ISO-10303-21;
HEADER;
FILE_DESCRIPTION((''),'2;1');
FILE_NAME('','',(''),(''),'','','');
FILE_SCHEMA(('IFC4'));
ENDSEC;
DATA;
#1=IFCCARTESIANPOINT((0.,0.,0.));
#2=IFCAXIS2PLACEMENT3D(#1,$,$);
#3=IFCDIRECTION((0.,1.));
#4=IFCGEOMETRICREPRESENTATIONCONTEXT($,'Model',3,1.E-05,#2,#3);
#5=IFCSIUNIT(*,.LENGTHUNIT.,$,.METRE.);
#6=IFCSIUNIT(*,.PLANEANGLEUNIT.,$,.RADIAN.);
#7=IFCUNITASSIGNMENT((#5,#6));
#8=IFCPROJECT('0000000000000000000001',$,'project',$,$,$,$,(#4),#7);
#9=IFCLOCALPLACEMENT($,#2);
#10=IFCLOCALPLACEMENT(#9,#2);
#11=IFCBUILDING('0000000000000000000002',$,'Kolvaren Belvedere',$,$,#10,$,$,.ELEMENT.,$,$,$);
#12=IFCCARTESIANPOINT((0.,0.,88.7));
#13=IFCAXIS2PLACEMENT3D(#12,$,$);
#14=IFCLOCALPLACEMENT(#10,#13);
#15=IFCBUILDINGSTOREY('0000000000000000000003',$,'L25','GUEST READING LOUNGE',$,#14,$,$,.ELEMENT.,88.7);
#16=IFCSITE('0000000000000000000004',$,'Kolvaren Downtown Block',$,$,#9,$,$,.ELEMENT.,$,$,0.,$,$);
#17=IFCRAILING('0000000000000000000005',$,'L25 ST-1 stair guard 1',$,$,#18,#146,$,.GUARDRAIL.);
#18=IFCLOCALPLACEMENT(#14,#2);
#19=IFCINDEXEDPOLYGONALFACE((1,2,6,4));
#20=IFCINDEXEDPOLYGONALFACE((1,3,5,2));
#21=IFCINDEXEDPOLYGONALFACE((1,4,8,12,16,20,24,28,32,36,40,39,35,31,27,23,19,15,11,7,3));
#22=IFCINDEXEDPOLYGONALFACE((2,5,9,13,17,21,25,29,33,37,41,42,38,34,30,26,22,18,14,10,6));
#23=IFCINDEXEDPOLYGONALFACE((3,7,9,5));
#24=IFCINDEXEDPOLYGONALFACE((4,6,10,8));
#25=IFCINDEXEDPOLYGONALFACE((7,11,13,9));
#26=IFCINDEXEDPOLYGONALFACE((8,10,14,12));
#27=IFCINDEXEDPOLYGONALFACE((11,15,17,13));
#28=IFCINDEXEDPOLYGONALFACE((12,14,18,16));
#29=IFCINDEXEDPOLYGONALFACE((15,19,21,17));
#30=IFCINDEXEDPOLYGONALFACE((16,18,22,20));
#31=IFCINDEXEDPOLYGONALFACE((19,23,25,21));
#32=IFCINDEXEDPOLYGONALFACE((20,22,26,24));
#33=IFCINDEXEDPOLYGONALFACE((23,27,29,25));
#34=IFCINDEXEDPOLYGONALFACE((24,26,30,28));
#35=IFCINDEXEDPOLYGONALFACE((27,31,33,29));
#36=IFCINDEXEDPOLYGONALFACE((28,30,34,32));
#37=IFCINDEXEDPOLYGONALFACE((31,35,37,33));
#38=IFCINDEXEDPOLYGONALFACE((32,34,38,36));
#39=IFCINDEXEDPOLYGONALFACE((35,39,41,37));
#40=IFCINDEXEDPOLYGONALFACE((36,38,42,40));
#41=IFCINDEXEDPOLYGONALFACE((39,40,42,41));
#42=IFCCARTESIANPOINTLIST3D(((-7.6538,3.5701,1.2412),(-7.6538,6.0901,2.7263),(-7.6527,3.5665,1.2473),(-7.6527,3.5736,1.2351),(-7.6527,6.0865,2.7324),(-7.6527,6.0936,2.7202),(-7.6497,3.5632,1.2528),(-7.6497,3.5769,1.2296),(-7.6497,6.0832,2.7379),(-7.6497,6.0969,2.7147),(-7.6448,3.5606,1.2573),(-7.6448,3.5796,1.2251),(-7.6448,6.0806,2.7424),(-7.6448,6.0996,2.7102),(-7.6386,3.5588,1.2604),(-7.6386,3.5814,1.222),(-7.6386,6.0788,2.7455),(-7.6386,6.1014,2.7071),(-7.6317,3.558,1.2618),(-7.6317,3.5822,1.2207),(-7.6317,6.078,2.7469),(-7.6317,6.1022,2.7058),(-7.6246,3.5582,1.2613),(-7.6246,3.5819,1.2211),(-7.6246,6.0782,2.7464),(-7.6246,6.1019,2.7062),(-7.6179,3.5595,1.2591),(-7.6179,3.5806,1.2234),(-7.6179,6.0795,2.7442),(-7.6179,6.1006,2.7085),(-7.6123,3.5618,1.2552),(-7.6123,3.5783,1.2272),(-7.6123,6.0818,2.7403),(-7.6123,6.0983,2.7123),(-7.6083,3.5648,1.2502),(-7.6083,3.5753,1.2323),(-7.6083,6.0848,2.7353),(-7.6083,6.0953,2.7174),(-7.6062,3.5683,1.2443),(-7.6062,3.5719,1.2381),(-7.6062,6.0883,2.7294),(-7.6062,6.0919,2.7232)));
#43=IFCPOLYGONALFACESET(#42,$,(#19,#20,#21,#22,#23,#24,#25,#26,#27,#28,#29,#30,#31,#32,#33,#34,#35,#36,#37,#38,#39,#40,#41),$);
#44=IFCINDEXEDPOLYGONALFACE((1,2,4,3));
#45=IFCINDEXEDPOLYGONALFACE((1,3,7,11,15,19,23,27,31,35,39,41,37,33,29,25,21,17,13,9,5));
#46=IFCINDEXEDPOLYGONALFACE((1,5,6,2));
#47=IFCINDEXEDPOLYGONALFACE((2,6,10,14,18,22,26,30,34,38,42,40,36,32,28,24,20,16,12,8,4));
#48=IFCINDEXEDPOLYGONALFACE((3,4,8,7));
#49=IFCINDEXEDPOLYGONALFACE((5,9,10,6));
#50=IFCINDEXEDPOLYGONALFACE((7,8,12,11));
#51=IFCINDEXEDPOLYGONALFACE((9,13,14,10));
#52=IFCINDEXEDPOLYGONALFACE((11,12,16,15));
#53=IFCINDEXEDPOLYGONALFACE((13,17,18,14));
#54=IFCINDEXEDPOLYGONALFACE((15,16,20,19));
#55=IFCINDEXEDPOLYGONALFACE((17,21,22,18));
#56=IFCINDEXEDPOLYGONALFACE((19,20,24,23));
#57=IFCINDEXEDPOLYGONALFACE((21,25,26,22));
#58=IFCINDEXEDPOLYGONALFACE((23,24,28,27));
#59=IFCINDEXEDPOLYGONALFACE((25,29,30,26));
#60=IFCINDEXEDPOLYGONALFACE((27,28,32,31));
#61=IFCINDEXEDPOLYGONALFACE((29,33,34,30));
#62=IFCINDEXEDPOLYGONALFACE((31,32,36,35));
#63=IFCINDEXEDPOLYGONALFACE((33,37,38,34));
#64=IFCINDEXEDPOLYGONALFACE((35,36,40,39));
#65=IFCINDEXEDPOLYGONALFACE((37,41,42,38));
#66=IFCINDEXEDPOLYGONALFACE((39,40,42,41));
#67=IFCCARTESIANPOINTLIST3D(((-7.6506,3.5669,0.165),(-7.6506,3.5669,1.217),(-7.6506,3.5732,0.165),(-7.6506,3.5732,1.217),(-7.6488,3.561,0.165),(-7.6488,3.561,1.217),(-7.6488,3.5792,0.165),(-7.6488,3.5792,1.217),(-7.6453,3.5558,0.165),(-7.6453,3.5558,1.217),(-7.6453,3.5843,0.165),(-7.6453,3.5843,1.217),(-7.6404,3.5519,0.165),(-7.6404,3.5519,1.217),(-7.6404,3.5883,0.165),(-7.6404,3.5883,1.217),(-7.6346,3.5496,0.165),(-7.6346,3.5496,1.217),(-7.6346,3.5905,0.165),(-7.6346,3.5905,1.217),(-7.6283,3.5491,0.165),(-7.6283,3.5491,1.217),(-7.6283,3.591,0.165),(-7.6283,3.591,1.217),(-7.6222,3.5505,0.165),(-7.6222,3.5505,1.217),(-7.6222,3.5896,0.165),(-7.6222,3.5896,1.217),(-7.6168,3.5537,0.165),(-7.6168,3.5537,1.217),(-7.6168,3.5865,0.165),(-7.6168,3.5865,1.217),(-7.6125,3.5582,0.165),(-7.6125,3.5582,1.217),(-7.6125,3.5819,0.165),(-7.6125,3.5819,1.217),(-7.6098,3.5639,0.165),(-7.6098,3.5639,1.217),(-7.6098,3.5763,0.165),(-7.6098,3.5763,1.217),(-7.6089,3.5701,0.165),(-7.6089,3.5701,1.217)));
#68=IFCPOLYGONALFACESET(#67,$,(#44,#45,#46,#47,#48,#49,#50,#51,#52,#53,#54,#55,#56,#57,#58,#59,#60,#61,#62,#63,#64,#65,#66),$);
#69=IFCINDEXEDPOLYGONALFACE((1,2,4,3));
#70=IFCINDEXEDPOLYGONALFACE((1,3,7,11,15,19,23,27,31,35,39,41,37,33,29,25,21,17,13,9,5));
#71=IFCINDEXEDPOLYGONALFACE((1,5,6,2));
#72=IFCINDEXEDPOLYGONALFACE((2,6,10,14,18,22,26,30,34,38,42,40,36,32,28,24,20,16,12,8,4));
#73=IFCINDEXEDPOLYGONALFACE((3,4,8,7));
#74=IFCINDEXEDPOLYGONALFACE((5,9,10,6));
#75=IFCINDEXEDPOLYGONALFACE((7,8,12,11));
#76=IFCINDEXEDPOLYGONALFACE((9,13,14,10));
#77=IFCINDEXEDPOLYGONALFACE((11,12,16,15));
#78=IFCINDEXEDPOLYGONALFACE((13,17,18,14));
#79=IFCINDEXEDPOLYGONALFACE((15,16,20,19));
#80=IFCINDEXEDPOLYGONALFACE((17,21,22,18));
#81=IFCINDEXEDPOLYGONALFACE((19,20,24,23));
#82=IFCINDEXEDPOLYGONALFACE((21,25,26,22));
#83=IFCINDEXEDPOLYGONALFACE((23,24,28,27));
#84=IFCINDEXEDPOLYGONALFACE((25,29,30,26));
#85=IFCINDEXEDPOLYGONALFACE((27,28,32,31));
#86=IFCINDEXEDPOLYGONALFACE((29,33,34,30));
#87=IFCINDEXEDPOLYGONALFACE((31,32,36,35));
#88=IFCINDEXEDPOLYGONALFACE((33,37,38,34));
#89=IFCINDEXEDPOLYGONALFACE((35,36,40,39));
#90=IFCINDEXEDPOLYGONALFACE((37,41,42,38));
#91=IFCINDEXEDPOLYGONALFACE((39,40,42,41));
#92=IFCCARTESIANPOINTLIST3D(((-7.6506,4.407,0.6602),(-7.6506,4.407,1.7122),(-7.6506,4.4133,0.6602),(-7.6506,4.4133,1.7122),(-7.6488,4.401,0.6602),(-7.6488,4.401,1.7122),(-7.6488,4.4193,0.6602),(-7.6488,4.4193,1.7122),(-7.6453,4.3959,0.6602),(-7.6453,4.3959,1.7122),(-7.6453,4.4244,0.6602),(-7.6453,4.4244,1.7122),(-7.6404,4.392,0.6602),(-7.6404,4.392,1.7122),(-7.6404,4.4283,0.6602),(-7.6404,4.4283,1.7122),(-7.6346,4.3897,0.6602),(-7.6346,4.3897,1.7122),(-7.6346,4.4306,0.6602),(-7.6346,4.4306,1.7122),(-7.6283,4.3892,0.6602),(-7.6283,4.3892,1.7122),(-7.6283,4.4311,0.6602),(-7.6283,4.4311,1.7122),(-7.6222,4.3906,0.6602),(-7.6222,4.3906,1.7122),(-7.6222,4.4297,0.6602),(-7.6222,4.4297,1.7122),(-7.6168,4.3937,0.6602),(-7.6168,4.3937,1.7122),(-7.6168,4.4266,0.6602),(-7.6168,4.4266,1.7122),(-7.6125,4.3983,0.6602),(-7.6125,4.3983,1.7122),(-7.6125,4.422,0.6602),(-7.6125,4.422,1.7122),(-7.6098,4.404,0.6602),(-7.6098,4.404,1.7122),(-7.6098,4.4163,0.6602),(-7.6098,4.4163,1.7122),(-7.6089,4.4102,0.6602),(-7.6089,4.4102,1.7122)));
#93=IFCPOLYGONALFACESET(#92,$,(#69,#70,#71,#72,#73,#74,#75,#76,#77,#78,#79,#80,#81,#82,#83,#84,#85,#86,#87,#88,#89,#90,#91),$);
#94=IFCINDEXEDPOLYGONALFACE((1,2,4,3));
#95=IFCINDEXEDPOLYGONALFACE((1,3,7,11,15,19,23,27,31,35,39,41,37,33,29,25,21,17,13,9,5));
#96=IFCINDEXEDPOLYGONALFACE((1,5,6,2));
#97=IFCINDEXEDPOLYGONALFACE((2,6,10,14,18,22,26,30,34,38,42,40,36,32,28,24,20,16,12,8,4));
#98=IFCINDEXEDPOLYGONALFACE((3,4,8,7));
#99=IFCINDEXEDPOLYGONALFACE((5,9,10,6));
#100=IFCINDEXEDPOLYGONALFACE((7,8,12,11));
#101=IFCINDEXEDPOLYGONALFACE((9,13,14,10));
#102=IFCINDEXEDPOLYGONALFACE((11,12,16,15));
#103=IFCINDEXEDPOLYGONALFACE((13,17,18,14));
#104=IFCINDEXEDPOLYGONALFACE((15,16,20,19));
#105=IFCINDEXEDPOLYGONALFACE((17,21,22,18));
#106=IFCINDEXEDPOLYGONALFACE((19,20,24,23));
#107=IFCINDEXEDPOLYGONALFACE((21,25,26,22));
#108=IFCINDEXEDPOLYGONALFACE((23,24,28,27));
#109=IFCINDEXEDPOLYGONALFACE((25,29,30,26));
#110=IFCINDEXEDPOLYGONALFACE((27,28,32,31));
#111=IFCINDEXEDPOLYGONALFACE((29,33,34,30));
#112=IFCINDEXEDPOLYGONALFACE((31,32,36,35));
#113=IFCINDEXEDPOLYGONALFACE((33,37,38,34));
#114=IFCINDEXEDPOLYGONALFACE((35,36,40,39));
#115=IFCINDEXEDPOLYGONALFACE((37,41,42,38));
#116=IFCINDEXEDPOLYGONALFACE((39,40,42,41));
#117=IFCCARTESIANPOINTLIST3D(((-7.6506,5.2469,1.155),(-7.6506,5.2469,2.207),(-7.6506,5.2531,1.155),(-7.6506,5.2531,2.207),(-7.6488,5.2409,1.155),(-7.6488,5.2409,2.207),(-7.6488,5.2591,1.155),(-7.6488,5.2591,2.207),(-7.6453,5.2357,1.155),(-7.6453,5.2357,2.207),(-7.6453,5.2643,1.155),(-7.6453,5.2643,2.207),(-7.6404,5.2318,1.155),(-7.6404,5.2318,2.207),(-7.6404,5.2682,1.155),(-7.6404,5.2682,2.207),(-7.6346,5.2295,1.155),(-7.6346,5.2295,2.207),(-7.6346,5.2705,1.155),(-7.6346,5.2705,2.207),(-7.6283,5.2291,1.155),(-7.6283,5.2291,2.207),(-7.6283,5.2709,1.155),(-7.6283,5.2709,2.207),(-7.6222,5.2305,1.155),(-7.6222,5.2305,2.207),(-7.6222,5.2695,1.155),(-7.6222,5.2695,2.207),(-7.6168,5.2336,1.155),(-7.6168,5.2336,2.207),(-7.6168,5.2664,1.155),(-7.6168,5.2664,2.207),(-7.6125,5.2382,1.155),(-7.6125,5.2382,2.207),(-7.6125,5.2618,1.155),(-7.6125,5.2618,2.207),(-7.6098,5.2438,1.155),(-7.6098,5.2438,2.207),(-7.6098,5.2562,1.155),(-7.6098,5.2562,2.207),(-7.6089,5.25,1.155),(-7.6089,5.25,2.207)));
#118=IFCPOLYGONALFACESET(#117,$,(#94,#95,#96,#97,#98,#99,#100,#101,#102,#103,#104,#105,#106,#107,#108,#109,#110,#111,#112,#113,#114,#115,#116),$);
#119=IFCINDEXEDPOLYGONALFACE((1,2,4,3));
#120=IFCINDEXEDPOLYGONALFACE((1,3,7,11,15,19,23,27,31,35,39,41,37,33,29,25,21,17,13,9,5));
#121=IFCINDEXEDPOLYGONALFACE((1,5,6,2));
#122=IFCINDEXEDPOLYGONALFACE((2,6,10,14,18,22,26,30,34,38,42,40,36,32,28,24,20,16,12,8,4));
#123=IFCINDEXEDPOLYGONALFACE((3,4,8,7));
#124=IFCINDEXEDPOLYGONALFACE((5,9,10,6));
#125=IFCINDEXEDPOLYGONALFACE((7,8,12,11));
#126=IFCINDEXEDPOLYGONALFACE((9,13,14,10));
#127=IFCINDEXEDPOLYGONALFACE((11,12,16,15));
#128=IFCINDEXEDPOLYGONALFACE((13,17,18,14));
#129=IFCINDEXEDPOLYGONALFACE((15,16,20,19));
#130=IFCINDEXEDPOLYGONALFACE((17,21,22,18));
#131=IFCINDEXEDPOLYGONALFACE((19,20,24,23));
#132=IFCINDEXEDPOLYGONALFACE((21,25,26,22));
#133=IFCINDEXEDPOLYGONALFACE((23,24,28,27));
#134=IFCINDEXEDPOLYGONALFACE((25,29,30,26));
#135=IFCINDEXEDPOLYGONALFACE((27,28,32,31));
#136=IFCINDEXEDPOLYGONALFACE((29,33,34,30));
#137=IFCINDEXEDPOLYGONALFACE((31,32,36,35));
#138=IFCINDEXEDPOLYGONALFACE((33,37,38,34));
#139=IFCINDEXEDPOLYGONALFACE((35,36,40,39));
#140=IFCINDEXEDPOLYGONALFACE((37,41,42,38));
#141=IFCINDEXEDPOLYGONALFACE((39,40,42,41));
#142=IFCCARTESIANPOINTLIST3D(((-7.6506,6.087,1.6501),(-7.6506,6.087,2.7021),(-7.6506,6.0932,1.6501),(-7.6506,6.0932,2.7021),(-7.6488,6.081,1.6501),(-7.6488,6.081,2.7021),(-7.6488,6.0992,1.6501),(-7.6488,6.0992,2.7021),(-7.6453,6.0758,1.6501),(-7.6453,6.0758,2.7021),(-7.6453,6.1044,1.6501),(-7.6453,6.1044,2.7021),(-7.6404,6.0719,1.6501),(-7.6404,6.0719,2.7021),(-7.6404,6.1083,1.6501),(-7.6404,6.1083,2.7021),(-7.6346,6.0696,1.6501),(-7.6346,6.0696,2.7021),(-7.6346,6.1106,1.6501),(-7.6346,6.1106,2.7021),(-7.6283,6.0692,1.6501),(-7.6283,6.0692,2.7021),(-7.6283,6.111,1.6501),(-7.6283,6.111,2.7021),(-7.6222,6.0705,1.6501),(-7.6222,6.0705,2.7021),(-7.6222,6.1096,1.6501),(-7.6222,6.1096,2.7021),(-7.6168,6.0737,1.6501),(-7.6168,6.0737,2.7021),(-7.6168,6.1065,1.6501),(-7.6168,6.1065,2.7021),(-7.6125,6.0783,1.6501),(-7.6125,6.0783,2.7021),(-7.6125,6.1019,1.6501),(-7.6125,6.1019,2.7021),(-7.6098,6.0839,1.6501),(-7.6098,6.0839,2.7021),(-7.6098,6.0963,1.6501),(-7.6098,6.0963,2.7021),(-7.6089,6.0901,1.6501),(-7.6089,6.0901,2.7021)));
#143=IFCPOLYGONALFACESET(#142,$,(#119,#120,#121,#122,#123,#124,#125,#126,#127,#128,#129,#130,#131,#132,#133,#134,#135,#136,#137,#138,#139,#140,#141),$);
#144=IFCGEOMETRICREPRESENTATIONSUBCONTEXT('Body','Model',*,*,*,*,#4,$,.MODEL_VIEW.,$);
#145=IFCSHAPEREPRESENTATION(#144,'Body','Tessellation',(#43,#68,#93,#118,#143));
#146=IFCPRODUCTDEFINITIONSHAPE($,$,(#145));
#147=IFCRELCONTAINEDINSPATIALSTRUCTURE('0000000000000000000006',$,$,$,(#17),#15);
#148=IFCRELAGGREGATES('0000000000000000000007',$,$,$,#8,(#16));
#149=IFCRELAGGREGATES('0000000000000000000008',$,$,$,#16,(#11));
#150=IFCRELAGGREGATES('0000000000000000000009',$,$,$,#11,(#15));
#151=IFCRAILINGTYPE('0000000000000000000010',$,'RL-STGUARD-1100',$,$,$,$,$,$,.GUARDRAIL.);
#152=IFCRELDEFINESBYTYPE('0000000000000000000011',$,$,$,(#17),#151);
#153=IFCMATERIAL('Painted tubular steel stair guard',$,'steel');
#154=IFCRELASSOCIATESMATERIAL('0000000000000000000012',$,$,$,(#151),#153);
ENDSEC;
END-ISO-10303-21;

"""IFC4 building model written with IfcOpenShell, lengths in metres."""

from ifc_helpers import new_model, si_unit, direction, frame, origin, origin_2d, place, context, subcontext, project, spatial, circle, extrude, material, type_object, element, save


model = new_model("IFC4")

# Units and contexts
model_context = context("Model", 3, precision=1e-05, world=origin(), true_north=direction((0.0, 1.0)))
body_context = subcontext(model_context, "Body", "Model", "MODEL_VIEW")
ifc_project = project(units=[si_unit("LENGTHUNIT", "METRE"), si_unit("PLANEANGLEUNIT", "RADIAN")], contexts=[model_context])

# Site, building, storey
site_placement = place(None, origin())
site = spatial("IfcSite", under=ifc_project, at=site_placement, Name="Kolvaren Downtown Block", CompositionType="ELEMENT", RefElevation=0.0)
building_placement = place(site_placement, origin())
building = spatial("IfcBuilding", under=site, at=building_placement, Name="Kolvaren Belvedere", CompositionType="ELEMENT")
storey_placement = place(building_placement, frame((0.0, 0.0, 88.7)))
storey = spatial("IfcBuildingStorey", under=building, at=storey_placement, Name="L25", Description="GUEST READING LOUNGE", CompositionType="ELEMENT", Elevation=88.7)

# Railing
ifc_material_1 = material(Name="Painted tubular steel stair guard", Category="steel")
railing_type_1 = type_object("IfcRailingType", Name="RL-STGUARD-1100", PredefinedType="GUARDRAIL", material=ifc_material_1)
railing_1_placement = place(storey_placement, frame((-7.6299, 3.5701, 0.165)))
element("IfcRailing", 1, at=railing_1_placement, inside=storey, type_object=railing_type_1, Name="L25 ST-1 stair guard 1", PredefinedType="GUARDRAIL", context=body_context, shape_type="SweptSolid", body=[
    extrude(circle(Radius=0.0239, at=origin_2d()), frame((0.0, 0.0, 1.0762), z_axis=(0.0, 0.861524, 0.507717), x_axis=(-1.0, 0.0, 0.0)), (0.0, 0.0, 1.0), 2.925),
    extrude(circle(Radius=0.021, at=origin_2d()), origin(), (0.0, 0.0, 1.0), 1.052),
    extrude(circle(Radius=0.021, at=origin_2d()), frame((0.0, 0.8401, 0.4951)), (0.0, 0.0, 1.0), 1.052),
    extrude(circle(Radius=0.021, at=origin_2d()), frame((0.0, 1.6799, 0.99)), (0.0, 0.0, 1.0), 1.052),
    extrude(circle(Radius=0.021, at=origin_2d()), frame((0.0, 2.52, 1.4851)), (0.0, 0.0, 1.0), 1.052),
])

save(model, "model.ifc")
